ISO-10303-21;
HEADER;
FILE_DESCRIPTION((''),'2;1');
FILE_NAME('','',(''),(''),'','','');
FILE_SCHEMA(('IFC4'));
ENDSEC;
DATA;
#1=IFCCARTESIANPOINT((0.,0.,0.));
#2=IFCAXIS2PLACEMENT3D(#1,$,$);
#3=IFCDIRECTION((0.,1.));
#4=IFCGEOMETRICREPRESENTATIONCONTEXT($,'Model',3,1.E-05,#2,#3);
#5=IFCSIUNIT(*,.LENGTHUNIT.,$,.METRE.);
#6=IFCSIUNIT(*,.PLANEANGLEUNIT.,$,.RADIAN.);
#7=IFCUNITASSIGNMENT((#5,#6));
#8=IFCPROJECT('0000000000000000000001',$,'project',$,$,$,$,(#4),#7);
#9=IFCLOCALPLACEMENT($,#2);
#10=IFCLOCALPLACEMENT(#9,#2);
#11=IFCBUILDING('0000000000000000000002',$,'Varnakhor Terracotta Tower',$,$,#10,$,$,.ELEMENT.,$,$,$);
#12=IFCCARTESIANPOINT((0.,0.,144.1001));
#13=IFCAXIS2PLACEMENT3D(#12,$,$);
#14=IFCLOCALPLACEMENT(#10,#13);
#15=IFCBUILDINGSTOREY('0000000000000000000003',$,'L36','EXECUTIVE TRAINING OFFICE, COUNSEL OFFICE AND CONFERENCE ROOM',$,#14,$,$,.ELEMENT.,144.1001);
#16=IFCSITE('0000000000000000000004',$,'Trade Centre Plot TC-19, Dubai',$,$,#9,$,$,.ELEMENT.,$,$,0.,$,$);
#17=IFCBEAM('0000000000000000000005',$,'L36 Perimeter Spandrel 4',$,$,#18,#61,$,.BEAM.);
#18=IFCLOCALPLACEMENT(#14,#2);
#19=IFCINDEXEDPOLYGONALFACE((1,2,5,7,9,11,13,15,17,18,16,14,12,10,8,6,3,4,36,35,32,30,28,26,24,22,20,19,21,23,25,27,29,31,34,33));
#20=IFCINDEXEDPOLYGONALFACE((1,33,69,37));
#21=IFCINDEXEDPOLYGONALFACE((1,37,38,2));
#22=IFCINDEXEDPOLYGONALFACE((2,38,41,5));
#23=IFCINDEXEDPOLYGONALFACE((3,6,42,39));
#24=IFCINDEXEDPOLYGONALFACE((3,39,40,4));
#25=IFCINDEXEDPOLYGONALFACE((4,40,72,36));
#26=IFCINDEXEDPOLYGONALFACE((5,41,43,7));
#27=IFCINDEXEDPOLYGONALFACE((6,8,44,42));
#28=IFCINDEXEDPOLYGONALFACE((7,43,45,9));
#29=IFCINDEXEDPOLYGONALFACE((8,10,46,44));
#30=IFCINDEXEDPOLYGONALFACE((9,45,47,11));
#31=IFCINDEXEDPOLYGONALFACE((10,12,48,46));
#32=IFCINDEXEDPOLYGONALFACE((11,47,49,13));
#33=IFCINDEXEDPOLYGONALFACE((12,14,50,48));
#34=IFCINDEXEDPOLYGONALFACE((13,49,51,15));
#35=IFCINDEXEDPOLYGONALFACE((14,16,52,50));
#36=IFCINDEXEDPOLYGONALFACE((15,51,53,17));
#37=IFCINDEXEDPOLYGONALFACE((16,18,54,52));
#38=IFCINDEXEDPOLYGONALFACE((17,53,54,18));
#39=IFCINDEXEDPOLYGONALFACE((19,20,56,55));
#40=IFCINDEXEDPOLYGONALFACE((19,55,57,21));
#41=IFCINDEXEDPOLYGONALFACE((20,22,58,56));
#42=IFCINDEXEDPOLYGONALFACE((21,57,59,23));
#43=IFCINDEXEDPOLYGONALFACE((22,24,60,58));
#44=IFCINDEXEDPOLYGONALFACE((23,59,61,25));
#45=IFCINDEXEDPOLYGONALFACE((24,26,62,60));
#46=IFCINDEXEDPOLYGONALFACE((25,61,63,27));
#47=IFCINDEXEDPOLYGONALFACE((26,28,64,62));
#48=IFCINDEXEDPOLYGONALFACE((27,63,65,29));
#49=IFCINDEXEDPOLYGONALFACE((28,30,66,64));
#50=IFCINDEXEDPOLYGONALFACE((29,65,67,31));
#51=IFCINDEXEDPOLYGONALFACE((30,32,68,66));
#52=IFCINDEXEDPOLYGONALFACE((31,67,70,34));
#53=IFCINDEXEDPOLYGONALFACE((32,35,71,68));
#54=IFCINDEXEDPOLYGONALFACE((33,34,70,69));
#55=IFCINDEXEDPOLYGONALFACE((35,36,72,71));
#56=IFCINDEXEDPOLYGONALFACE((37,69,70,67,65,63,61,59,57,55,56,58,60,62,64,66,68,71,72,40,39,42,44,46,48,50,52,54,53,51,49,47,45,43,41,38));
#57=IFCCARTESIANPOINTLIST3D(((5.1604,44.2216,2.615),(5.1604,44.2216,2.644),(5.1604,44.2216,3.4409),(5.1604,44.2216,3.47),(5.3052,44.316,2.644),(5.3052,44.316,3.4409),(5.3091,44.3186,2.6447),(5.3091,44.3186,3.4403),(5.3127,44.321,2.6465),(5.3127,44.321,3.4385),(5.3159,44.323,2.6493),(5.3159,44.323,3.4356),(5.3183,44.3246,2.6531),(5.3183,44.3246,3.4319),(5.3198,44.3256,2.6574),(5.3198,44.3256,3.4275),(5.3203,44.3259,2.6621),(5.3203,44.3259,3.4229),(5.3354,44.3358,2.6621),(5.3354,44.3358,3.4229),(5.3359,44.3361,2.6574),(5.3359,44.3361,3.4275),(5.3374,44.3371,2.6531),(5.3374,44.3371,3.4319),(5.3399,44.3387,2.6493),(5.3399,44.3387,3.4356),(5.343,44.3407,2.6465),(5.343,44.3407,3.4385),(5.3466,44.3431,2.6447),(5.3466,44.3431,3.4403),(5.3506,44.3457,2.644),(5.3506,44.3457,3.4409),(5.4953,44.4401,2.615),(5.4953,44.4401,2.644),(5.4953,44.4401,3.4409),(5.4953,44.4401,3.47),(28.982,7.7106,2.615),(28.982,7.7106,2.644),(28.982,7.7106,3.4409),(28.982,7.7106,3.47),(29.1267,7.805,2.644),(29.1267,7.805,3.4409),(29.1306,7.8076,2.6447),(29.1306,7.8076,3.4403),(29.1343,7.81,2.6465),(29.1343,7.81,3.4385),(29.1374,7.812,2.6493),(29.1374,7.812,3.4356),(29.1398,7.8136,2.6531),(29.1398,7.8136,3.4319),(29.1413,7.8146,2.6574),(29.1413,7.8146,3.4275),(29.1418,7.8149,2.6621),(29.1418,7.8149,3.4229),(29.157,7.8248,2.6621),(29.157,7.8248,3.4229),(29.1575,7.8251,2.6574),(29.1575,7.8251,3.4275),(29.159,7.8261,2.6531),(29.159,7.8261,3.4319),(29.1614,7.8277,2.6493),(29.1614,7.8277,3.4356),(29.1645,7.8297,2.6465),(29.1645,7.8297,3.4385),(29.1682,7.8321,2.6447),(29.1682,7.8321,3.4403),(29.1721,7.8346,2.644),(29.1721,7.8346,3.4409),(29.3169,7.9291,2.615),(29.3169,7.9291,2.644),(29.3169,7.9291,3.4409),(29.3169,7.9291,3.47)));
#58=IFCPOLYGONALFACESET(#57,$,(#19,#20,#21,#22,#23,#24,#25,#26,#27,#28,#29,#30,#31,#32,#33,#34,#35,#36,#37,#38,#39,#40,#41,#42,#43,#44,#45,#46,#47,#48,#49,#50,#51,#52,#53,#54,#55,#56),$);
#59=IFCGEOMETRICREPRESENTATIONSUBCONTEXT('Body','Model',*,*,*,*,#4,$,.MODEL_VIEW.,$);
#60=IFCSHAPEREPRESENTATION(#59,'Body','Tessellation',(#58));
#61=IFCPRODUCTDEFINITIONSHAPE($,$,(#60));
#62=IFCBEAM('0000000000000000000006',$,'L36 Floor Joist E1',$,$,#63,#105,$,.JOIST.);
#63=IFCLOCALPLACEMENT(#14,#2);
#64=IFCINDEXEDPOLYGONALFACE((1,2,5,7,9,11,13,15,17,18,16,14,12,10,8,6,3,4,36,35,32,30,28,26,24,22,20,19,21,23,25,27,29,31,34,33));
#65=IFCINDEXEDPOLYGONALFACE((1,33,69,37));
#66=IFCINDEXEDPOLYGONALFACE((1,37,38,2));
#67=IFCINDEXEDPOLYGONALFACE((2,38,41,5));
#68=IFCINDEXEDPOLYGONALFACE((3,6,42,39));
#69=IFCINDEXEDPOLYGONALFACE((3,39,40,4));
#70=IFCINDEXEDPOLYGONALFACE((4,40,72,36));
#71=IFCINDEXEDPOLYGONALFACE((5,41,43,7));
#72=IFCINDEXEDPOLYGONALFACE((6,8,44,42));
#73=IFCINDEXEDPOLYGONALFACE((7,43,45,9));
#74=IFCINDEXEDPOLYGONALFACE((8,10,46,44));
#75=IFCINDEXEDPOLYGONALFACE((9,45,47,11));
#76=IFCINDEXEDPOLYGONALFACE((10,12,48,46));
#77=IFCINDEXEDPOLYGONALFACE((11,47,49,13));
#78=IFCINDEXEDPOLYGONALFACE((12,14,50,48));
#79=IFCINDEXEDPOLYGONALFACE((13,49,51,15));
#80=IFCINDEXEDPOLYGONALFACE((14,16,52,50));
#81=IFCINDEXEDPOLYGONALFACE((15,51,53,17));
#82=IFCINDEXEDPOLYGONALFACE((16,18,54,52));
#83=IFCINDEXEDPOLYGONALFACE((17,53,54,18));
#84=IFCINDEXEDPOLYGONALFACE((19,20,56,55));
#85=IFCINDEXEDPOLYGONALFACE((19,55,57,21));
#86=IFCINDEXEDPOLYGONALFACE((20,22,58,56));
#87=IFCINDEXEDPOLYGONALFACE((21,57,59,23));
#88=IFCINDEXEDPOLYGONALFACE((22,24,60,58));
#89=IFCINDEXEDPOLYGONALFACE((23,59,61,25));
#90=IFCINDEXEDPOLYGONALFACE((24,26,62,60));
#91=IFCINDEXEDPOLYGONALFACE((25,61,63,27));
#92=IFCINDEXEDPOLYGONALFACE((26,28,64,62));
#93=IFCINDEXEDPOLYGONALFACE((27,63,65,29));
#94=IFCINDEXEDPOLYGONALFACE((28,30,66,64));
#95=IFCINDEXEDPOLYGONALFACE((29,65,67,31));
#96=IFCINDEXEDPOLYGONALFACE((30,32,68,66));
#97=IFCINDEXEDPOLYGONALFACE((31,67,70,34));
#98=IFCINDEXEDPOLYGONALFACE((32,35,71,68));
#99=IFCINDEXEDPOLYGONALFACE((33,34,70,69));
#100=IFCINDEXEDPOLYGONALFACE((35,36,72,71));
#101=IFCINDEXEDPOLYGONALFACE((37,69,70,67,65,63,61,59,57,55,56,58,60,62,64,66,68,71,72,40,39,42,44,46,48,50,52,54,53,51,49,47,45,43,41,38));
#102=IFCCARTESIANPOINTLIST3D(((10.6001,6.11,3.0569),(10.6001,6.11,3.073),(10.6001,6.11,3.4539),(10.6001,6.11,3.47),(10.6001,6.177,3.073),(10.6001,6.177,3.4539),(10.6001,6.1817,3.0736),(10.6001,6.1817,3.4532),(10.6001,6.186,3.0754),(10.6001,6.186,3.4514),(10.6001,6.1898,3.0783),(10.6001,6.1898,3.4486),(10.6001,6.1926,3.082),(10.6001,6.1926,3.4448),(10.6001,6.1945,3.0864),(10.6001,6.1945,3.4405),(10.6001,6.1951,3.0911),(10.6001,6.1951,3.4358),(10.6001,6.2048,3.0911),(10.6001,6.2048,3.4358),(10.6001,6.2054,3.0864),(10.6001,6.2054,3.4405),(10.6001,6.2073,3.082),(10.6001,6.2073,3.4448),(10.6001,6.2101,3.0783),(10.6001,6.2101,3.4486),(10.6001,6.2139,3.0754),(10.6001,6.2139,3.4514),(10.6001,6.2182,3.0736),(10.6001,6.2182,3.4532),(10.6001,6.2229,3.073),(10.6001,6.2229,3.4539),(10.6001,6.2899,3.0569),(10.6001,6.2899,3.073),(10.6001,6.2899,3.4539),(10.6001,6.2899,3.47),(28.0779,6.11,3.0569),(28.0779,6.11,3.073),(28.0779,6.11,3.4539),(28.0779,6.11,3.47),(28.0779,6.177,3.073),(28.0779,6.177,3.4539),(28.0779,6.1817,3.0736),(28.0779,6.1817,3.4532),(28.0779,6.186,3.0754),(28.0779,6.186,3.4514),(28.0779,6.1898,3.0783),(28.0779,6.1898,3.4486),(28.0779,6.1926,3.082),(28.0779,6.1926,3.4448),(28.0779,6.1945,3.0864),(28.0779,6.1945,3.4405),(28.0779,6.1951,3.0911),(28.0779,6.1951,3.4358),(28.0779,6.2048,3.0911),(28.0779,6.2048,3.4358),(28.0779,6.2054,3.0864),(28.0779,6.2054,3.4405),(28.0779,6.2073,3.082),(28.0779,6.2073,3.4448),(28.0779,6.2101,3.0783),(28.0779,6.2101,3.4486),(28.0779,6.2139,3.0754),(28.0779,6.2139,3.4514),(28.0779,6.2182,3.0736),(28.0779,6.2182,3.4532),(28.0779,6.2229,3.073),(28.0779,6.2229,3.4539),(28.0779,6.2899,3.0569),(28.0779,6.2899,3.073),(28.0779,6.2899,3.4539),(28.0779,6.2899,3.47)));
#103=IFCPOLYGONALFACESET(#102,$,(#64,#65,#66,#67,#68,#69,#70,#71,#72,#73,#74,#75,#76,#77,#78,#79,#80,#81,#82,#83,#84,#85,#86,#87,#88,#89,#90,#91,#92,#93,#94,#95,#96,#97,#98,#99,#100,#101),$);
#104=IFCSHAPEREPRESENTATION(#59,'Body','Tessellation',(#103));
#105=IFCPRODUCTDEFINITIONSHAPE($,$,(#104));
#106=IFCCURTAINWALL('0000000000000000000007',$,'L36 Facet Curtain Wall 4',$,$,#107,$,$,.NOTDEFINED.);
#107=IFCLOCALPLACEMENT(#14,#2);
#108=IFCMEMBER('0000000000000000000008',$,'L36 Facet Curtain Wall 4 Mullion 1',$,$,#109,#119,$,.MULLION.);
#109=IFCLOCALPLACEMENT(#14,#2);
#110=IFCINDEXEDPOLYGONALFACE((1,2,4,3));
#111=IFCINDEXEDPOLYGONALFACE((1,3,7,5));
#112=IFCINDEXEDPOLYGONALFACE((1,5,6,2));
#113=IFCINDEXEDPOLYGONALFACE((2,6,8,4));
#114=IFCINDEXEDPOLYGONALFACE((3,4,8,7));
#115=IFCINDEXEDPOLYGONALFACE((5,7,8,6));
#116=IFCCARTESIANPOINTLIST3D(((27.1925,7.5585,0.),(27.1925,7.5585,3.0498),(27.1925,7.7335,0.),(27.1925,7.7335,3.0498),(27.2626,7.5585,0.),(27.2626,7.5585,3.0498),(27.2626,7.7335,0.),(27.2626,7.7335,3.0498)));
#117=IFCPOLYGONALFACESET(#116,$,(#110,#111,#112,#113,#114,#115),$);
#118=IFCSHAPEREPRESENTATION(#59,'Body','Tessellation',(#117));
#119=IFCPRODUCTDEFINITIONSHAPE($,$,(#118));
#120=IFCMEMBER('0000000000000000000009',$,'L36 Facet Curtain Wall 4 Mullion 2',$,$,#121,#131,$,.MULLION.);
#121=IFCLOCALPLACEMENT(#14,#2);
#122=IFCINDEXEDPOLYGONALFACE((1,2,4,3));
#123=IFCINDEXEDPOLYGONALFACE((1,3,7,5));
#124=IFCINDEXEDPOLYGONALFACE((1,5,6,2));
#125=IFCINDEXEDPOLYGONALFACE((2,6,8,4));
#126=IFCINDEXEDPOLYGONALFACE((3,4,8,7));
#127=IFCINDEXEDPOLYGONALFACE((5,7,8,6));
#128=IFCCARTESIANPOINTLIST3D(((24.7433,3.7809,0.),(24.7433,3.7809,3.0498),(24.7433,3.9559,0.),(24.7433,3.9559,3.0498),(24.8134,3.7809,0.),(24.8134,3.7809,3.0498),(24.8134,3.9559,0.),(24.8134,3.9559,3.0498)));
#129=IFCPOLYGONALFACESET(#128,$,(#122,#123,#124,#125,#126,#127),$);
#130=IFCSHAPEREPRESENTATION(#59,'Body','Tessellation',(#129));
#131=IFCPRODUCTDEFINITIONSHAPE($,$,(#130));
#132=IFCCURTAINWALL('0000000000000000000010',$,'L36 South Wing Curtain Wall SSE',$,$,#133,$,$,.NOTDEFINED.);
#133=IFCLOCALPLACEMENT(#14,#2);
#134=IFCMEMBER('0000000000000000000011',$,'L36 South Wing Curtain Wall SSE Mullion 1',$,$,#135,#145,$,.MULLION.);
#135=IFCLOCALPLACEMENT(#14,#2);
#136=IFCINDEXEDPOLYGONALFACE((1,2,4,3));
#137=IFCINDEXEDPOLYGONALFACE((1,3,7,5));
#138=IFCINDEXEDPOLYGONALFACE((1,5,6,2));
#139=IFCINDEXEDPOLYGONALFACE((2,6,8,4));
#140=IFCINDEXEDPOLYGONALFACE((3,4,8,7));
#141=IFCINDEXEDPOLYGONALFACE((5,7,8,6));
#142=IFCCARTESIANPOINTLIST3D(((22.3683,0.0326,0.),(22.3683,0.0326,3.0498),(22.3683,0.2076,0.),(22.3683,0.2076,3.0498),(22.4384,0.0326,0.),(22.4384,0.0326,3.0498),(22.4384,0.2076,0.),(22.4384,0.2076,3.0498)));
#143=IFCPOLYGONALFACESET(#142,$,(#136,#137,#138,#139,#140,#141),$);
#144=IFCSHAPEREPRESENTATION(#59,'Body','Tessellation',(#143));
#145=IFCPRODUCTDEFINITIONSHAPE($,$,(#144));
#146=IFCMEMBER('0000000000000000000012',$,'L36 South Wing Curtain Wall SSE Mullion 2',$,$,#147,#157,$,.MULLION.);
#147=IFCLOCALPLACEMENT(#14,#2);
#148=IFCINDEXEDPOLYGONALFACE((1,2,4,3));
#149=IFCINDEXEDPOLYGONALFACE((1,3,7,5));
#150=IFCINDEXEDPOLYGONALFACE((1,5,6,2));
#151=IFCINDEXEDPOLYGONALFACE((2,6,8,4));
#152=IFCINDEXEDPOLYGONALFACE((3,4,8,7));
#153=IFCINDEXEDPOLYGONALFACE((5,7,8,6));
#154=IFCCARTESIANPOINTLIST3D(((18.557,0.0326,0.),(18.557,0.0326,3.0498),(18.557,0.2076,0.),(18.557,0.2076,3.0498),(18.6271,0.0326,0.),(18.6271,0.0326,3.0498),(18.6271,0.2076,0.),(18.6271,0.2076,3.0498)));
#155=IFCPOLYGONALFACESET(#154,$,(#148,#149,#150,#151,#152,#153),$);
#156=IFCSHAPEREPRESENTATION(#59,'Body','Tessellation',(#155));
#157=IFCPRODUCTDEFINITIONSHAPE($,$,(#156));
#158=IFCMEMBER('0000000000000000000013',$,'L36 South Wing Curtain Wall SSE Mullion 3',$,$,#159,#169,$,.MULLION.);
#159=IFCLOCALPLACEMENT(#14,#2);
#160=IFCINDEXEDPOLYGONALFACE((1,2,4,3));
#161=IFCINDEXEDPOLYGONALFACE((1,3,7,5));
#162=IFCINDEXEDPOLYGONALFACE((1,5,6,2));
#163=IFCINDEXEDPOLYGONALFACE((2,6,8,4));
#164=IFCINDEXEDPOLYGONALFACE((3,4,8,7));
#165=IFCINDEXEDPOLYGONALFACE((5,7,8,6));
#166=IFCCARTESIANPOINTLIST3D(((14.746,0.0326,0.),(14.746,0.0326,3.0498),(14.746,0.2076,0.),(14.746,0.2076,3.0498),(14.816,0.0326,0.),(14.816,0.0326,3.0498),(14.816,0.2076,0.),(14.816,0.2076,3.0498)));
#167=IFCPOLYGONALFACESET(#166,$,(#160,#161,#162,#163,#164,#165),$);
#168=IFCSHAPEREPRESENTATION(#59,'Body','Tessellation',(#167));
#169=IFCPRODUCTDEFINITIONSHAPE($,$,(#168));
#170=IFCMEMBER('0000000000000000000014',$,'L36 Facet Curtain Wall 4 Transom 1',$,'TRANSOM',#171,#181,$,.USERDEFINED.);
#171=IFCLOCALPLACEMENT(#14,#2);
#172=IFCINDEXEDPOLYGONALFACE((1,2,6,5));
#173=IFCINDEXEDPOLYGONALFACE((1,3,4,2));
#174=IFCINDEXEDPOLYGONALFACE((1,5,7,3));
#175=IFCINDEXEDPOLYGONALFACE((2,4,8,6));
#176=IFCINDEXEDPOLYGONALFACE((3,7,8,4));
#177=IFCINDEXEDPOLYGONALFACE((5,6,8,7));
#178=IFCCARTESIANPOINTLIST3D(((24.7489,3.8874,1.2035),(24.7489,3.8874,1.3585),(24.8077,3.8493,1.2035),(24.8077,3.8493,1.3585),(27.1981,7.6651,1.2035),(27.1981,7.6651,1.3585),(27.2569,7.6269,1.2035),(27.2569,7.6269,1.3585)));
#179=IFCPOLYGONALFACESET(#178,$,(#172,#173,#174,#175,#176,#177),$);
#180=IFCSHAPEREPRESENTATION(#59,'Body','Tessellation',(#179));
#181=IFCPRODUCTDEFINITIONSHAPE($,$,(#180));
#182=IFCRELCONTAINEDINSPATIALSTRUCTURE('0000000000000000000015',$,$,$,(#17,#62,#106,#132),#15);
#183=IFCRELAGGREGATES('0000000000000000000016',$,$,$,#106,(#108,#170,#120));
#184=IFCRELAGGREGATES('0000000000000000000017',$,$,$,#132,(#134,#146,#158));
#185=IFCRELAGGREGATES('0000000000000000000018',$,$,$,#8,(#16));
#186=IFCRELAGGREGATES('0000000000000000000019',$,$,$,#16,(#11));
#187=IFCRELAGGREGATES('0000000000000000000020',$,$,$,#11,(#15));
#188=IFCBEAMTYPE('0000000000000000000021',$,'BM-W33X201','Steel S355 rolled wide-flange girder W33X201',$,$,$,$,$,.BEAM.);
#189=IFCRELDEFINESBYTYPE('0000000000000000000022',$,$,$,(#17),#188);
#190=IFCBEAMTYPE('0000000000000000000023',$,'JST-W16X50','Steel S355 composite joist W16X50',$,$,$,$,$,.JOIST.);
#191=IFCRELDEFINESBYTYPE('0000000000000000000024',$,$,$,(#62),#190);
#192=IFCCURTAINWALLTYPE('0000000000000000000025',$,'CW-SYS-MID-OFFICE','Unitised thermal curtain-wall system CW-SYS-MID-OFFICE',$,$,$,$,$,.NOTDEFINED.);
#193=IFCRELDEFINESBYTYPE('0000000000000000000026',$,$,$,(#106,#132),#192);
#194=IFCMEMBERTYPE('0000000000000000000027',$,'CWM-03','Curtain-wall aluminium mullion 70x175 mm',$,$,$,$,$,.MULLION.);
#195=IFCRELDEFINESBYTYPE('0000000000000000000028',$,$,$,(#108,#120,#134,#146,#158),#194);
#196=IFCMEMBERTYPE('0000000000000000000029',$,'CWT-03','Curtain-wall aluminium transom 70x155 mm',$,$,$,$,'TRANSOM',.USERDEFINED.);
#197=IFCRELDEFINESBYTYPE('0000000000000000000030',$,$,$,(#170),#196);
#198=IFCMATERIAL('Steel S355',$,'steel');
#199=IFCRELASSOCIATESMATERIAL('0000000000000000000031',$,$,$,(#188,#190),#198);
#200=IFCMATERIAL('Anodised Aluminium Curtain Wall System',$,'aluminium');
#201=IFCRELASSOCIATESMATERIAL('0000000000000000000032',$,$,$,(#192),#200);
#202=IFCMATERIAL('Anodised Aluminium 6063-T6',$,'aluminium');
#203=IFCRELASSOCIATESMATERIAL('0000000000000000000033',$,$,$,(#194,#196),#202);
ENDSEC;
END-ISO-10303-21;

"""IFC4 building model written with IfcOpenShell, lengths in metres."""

from ifc_helpers import new_model, si_unit, direction, frame, origin, origin_2d, place, context, subcontext, project, spatial, rectangle, i_section, extrude, source, transform, mapped, material, material_profile, profile_set, type_object, type_shapes, element, aggregate, save


model = new_model("IFC4")

# Units and contexts
model_context = context("Model", 3, precision=1e-05, world=origin(), true_north=direction((0.0, 1.0)))
body_context = subcontext(model_context, "Body", "Model", "MODEL_VIEW")
ifc_project = project(units=[si_unit("LENGTHUNIT", "METRE"), si_unit("PLANEANGLEUNIT", "RADIAN")], contexts=[model_context])

# Site, building, storey
site_placement = place(None, origin())
site = spatial("IfcSite", under=ifc_project, at=site_placement, Name="Trade Centre Plot TC-19, Dubai", CompositionType="ELEMENT", RefElevation=0.0)
building_placement = place(site_placement, origin())
building = spatial("IfcBuilding", under=site, at=building_placement, Name="Varnakhor Terracotta Tower", CompositionType="ELEMENT")
storey_placement = place(building_placement, frame((0.0, 0.0, 144.1001)))
storey = spatial("IfcBuildingStorey", under=building, at=storey_placement, Name="L36", Description="EXECUTIVE TRAINING OFFICE, COUNSEL OFFICE AND CONFERENCE ROOM", CompositionType="ELEMENT", Elevation=144.1001)

# Beams
ifc_material_1 = material(Name="Steel S355", Category="steel")
ifc_material_profile_1 = material_profile(ifc_material_1, i_section(OverallWidth=0.3999, OverallDepth=0.855, WebThickness=0.0181, FlangeThickness=0.0291, FilletRadius=0.0181, at=origin_2d()), Name="W33X201")
ifc_profile_set_1 = profile_set([ifc_material_profile_1], Name="Steel S355")
beam_type_1 = type_object("IfcBeamType", Name="BM-W33X201", Description="Steel S355 rolled wide-flange girder W33X201", PredefinedType="BEAM", material=ifc_profile_set_1)
shared_shape_1 = source(origin(), body_context, "Body", "SweptSolid", [
    extrude(i_section(OverallWidth=0.3999, OverallDepth=0.855, WebThickness=0.0181, FlangeThickness=0.0291, FilletRadius=0.0181, at=origin_2d()), origin(), (0.0, 0.0, 1.0), 43.595),
])
beam_1_placement = place(storey_placement, frame((29.1494, 7.8198, 3.0425), z_axis=(-0.546429, 0.837505, 0.0), x_axis=(-0.837505, -0.546429, 0.0)))
element("IfcBeam", 1, at=beam_1_placement, inside=storey, type_object=beam_type_1, Name="L36 Perimeter Spandrel 4", PredefinedType="BEAM", context=body_context, shape_type="MappedRepresentation", body=[
    mapped(shared_shape_1, transform((0.0, 0.0, 0.0), scale=1.0)),
])
ifc_material_profile_2 = material_profile(ifc_material_1, i_section(OverallWidth=0.1799, OverallDepth=0.4131, WebThickness=0.0098, FlangeThickness=0.0161, FilletRadius=0.0181, at=origin_2d()), Name="W16X50")
ifc_profile_set_2 = profile_set([ifc_material_profile_2], Name="Steel S355")
beam_type_2 = type_object("IfcBeamType", Name="JST-W16X50", Description="Steel S355 composite joist W16X50", PredefinedType="JOIST", material=ifc_profile_set_2)
shared_shape_2 = source(origin(), body_context, "Body", "SweptSolid", [
    extrude(i_section(OverallWidth=0.1799, OverallDepth=0.4131, WebThickness=0.0098, FlangeThickness=0.0161, FilletRadius=0.0181, at=origin_2d()), origin(), (0.0, 0.0, 1.0), 17.4778),
])
beam_2_placement = place(storey_placement, frame((10.6001, 6.2, 3.2634), z_axis=(1.0, 0.0, 0.0), x_axis=(0.0, 1.0, 0.0)))
element("IfcBeam", 2, at=beam_2_placement, inside=storey, type_object=beam_type_2, Name="L36 Floor Joist E1", PredefinedType="JOIST", context=body_context, shape_type="MappedRepresentation", body=[
    mapped(shared_shape_2, transform((0.0, 0.0, 0.0), scale=1.0)),
])

# Curtain walls, members
ifc_material_2 = material(Name="Anodised Aluminium Curtain Wall System", Category="aluminium")
curtain_wall_type = type_object("IfcCurtainWallType", Name="CW-SYS-MID-OFFICE", Description="Unitised thermal curtain-wall system CW-SYS-MID-OFFICE", PredefinedType="NOTDEFINED", material=ifc_material_2)
curtain_wall_1_placement = place(storey_placement, origin())
curtain_wall_1 = element("IfcCurtainWall", 3, at=curtain_wall_1_placement, inside=storey, type_object=curtain_wall_type, Name="L36 Facet Curtain Wall 4", PredefinedType="NOTDEFINED")
ifc_material_3 = material(Name="Anodised Aluminium 6063-T6", Category="aluminium")
ifc_material_profile_3 = material_profile(ifc_material_3, rectangle(XDim=0.0701, YDim=0.175, at=origin_2d()), Name="ALU MULLION 70x175")
ifc_profile_set_3 = profile_set([ifc_material_profile_3], Name="Anodised Aluminium 6063-T6")
member_type_1 = type_object("IfcMemberType", Name="CWM-03", Description="Curtain-wall aluminium mullion 70x175 mm", PredefinedType="MULLION", material=ifc_profile_set_3)
shared_shape_3 = source(origin(), body_context, "Body", "SweptSolid", [
    extrude(rectangle(XDim=0.0701, YDim=0.175, at=origin_2d()), origin(), (0.0, 0.0, 1.0), 3.0498),
])
type_shapes(member_type_1, [shared_shape_3])
member_1_placement = place(storey_placement, frame((27.2275, 7.646, 0.0), z_axis=(0.0, 0.0, 1.0), x_axis=(1.0, 0.0, 0.0)))
member_1 = element("IfcMember", 4, at=member_1_placement, type_object=member_type_1, Name="L36 Facet Curtain Wall 4 Mullion 1", PredefinedType="MULLION", context=body_context, shape_type="MappedRepresentation", body=[
    mapped(shared_shape_3, transform((0.0, 0.0, 0.0), scale=1.0)),
])
member_2_placement = place(storey_placement, frame((24.7783, 3.8684, 0.0), z_axis=(0.0, 0.0, 1.0), x_axis=(1.0, 0.0, 0.0)))
member_2 = element("IfcMember", 5, at=member_2_placement, type_object=member_type_1, Name="L36 Facet Curtain Wall 4 Mullion 2", PredefinedType="MULLION", context=body_context, shape_type="MappedRepresentation", body=[
    mapped(shared_shape_3, transform((0.0, 0.0, 0.0), scale=1.0)),
])
curtain_wall_2_placement = place(storey_placement, origin())
curtain_wall_2 = element("IfcCurtainWall", 6, at=curtain_wall_2_placement, inside=storey, type_object=curtain_wall_type, Name="L36 South Wing Curtain Wall SSE", PredefinedType="NOTDEFINED")
member_3_placement = place(storey_placement, frame((22.4033, 0.1201, 0.0), z_axis=(0.0, 0.0, 1.0), x_axis=(1.0, 0.0, 0.0)))
member_3 = element("IfcMember", 7, at=member_3_placement, type_object=member_type_1, Name="L36 South Wing Curtain Wall SSE Mullion 1", PredefinedType="MULLION", context=body_context, shape_type="MappedRepresentation", body=[
    mapped(shared_shape_3, transform((0.0, 0.0, 0.0), scale=1.0)),
])
member_4_placement = place(storey_placement, frame((18.592, 0.1201, 0.0), z_axis=(0.0, 0.0, 1.0), x_axis=(1.0, 0.0, 0.0)))
member_4 = element("IfcMember", 8, at=member_4_placement, type_object=member_type_1, Name="L36 South Wing Curtain Wall SSE Mullion 2", PredefinedType="MULLION", context=body_context, shape_type="MappedRepresentation", body=[
    mapped(shared_shape_3, transform((0.0, 0.0, 0.0), scale=1.0)),
])
member_5_placement = place(storey_placement, frame((14.781, 0.1201, 0.0), z_axis=(0.0, 0.0, 1.0), x_axis=(1.0, 0.0, 0.0)))
member_5 = element("IfcMember", 9, at=member_5_placement, type_object=member_type_1, Name="L36 South Wing Curtain Wall SSE Mullion 3", PredefinedType="MULLION", context=body_context, shape_type="MappedRepresentation", body=[
    mapped(shared_shape_3, transform((0.0, 0.0, 0.0), scale=1.0)),
])

# Member
ifc_material_profile_4 = material_profile(ifc_material_3, rectangle(XDim=0.0701, YDim=0.155, at=origin_2d()), Name="ALU TRANSOM 70x155")
ifc_profile_set_4 = profile_set([ifc_material_profile_4], Name="Anodised Aluminium 6063-T6")
member_type_2 = type_object("IfcMemberType", Name="CWT-03", Description="Curtain-wall aluminium transom 70x155 mm", ElementType="TRANSOM", PredefinedType="USERDEFINED", material=ifc_profile_set_4)
shared_shape_4 = source(origin(), body_context, "Body", "SweptSolid", [
    extrude(rectangle(XDim=0.0701, YDim=0.155, at=origin_2d()), origin(), (0.0, 0.0, 1.0), 4.5022),
])
member_6_placement = place(storey_placement, frame((27.2275, 7.646, 1.281), z_axis=(-0.544018, -0.839074, 0.0), x_axis=(0.839074, -0.544018, 0.0)))
member_6 = element("IfcMember", 10, at=member_6_placement, type_object=member_type_2, Name="L36 Facet Curtain Wall 4 Transom 1", ObjectType="TRANSOM", PredefinedType="USERDEFINED", context=body_context, shape_type="MappedRepresentation", body=[
    mapped(shared_shape_4, transform((0.0, 0.0, 0.0), scale=1.0)),
])

aggregate(curtain_wall_1, [member_1, member_6, member_2])
aggregate(curtain_wall_2, [member_3, member_4, member_5])

save(model, "model.ifc")
